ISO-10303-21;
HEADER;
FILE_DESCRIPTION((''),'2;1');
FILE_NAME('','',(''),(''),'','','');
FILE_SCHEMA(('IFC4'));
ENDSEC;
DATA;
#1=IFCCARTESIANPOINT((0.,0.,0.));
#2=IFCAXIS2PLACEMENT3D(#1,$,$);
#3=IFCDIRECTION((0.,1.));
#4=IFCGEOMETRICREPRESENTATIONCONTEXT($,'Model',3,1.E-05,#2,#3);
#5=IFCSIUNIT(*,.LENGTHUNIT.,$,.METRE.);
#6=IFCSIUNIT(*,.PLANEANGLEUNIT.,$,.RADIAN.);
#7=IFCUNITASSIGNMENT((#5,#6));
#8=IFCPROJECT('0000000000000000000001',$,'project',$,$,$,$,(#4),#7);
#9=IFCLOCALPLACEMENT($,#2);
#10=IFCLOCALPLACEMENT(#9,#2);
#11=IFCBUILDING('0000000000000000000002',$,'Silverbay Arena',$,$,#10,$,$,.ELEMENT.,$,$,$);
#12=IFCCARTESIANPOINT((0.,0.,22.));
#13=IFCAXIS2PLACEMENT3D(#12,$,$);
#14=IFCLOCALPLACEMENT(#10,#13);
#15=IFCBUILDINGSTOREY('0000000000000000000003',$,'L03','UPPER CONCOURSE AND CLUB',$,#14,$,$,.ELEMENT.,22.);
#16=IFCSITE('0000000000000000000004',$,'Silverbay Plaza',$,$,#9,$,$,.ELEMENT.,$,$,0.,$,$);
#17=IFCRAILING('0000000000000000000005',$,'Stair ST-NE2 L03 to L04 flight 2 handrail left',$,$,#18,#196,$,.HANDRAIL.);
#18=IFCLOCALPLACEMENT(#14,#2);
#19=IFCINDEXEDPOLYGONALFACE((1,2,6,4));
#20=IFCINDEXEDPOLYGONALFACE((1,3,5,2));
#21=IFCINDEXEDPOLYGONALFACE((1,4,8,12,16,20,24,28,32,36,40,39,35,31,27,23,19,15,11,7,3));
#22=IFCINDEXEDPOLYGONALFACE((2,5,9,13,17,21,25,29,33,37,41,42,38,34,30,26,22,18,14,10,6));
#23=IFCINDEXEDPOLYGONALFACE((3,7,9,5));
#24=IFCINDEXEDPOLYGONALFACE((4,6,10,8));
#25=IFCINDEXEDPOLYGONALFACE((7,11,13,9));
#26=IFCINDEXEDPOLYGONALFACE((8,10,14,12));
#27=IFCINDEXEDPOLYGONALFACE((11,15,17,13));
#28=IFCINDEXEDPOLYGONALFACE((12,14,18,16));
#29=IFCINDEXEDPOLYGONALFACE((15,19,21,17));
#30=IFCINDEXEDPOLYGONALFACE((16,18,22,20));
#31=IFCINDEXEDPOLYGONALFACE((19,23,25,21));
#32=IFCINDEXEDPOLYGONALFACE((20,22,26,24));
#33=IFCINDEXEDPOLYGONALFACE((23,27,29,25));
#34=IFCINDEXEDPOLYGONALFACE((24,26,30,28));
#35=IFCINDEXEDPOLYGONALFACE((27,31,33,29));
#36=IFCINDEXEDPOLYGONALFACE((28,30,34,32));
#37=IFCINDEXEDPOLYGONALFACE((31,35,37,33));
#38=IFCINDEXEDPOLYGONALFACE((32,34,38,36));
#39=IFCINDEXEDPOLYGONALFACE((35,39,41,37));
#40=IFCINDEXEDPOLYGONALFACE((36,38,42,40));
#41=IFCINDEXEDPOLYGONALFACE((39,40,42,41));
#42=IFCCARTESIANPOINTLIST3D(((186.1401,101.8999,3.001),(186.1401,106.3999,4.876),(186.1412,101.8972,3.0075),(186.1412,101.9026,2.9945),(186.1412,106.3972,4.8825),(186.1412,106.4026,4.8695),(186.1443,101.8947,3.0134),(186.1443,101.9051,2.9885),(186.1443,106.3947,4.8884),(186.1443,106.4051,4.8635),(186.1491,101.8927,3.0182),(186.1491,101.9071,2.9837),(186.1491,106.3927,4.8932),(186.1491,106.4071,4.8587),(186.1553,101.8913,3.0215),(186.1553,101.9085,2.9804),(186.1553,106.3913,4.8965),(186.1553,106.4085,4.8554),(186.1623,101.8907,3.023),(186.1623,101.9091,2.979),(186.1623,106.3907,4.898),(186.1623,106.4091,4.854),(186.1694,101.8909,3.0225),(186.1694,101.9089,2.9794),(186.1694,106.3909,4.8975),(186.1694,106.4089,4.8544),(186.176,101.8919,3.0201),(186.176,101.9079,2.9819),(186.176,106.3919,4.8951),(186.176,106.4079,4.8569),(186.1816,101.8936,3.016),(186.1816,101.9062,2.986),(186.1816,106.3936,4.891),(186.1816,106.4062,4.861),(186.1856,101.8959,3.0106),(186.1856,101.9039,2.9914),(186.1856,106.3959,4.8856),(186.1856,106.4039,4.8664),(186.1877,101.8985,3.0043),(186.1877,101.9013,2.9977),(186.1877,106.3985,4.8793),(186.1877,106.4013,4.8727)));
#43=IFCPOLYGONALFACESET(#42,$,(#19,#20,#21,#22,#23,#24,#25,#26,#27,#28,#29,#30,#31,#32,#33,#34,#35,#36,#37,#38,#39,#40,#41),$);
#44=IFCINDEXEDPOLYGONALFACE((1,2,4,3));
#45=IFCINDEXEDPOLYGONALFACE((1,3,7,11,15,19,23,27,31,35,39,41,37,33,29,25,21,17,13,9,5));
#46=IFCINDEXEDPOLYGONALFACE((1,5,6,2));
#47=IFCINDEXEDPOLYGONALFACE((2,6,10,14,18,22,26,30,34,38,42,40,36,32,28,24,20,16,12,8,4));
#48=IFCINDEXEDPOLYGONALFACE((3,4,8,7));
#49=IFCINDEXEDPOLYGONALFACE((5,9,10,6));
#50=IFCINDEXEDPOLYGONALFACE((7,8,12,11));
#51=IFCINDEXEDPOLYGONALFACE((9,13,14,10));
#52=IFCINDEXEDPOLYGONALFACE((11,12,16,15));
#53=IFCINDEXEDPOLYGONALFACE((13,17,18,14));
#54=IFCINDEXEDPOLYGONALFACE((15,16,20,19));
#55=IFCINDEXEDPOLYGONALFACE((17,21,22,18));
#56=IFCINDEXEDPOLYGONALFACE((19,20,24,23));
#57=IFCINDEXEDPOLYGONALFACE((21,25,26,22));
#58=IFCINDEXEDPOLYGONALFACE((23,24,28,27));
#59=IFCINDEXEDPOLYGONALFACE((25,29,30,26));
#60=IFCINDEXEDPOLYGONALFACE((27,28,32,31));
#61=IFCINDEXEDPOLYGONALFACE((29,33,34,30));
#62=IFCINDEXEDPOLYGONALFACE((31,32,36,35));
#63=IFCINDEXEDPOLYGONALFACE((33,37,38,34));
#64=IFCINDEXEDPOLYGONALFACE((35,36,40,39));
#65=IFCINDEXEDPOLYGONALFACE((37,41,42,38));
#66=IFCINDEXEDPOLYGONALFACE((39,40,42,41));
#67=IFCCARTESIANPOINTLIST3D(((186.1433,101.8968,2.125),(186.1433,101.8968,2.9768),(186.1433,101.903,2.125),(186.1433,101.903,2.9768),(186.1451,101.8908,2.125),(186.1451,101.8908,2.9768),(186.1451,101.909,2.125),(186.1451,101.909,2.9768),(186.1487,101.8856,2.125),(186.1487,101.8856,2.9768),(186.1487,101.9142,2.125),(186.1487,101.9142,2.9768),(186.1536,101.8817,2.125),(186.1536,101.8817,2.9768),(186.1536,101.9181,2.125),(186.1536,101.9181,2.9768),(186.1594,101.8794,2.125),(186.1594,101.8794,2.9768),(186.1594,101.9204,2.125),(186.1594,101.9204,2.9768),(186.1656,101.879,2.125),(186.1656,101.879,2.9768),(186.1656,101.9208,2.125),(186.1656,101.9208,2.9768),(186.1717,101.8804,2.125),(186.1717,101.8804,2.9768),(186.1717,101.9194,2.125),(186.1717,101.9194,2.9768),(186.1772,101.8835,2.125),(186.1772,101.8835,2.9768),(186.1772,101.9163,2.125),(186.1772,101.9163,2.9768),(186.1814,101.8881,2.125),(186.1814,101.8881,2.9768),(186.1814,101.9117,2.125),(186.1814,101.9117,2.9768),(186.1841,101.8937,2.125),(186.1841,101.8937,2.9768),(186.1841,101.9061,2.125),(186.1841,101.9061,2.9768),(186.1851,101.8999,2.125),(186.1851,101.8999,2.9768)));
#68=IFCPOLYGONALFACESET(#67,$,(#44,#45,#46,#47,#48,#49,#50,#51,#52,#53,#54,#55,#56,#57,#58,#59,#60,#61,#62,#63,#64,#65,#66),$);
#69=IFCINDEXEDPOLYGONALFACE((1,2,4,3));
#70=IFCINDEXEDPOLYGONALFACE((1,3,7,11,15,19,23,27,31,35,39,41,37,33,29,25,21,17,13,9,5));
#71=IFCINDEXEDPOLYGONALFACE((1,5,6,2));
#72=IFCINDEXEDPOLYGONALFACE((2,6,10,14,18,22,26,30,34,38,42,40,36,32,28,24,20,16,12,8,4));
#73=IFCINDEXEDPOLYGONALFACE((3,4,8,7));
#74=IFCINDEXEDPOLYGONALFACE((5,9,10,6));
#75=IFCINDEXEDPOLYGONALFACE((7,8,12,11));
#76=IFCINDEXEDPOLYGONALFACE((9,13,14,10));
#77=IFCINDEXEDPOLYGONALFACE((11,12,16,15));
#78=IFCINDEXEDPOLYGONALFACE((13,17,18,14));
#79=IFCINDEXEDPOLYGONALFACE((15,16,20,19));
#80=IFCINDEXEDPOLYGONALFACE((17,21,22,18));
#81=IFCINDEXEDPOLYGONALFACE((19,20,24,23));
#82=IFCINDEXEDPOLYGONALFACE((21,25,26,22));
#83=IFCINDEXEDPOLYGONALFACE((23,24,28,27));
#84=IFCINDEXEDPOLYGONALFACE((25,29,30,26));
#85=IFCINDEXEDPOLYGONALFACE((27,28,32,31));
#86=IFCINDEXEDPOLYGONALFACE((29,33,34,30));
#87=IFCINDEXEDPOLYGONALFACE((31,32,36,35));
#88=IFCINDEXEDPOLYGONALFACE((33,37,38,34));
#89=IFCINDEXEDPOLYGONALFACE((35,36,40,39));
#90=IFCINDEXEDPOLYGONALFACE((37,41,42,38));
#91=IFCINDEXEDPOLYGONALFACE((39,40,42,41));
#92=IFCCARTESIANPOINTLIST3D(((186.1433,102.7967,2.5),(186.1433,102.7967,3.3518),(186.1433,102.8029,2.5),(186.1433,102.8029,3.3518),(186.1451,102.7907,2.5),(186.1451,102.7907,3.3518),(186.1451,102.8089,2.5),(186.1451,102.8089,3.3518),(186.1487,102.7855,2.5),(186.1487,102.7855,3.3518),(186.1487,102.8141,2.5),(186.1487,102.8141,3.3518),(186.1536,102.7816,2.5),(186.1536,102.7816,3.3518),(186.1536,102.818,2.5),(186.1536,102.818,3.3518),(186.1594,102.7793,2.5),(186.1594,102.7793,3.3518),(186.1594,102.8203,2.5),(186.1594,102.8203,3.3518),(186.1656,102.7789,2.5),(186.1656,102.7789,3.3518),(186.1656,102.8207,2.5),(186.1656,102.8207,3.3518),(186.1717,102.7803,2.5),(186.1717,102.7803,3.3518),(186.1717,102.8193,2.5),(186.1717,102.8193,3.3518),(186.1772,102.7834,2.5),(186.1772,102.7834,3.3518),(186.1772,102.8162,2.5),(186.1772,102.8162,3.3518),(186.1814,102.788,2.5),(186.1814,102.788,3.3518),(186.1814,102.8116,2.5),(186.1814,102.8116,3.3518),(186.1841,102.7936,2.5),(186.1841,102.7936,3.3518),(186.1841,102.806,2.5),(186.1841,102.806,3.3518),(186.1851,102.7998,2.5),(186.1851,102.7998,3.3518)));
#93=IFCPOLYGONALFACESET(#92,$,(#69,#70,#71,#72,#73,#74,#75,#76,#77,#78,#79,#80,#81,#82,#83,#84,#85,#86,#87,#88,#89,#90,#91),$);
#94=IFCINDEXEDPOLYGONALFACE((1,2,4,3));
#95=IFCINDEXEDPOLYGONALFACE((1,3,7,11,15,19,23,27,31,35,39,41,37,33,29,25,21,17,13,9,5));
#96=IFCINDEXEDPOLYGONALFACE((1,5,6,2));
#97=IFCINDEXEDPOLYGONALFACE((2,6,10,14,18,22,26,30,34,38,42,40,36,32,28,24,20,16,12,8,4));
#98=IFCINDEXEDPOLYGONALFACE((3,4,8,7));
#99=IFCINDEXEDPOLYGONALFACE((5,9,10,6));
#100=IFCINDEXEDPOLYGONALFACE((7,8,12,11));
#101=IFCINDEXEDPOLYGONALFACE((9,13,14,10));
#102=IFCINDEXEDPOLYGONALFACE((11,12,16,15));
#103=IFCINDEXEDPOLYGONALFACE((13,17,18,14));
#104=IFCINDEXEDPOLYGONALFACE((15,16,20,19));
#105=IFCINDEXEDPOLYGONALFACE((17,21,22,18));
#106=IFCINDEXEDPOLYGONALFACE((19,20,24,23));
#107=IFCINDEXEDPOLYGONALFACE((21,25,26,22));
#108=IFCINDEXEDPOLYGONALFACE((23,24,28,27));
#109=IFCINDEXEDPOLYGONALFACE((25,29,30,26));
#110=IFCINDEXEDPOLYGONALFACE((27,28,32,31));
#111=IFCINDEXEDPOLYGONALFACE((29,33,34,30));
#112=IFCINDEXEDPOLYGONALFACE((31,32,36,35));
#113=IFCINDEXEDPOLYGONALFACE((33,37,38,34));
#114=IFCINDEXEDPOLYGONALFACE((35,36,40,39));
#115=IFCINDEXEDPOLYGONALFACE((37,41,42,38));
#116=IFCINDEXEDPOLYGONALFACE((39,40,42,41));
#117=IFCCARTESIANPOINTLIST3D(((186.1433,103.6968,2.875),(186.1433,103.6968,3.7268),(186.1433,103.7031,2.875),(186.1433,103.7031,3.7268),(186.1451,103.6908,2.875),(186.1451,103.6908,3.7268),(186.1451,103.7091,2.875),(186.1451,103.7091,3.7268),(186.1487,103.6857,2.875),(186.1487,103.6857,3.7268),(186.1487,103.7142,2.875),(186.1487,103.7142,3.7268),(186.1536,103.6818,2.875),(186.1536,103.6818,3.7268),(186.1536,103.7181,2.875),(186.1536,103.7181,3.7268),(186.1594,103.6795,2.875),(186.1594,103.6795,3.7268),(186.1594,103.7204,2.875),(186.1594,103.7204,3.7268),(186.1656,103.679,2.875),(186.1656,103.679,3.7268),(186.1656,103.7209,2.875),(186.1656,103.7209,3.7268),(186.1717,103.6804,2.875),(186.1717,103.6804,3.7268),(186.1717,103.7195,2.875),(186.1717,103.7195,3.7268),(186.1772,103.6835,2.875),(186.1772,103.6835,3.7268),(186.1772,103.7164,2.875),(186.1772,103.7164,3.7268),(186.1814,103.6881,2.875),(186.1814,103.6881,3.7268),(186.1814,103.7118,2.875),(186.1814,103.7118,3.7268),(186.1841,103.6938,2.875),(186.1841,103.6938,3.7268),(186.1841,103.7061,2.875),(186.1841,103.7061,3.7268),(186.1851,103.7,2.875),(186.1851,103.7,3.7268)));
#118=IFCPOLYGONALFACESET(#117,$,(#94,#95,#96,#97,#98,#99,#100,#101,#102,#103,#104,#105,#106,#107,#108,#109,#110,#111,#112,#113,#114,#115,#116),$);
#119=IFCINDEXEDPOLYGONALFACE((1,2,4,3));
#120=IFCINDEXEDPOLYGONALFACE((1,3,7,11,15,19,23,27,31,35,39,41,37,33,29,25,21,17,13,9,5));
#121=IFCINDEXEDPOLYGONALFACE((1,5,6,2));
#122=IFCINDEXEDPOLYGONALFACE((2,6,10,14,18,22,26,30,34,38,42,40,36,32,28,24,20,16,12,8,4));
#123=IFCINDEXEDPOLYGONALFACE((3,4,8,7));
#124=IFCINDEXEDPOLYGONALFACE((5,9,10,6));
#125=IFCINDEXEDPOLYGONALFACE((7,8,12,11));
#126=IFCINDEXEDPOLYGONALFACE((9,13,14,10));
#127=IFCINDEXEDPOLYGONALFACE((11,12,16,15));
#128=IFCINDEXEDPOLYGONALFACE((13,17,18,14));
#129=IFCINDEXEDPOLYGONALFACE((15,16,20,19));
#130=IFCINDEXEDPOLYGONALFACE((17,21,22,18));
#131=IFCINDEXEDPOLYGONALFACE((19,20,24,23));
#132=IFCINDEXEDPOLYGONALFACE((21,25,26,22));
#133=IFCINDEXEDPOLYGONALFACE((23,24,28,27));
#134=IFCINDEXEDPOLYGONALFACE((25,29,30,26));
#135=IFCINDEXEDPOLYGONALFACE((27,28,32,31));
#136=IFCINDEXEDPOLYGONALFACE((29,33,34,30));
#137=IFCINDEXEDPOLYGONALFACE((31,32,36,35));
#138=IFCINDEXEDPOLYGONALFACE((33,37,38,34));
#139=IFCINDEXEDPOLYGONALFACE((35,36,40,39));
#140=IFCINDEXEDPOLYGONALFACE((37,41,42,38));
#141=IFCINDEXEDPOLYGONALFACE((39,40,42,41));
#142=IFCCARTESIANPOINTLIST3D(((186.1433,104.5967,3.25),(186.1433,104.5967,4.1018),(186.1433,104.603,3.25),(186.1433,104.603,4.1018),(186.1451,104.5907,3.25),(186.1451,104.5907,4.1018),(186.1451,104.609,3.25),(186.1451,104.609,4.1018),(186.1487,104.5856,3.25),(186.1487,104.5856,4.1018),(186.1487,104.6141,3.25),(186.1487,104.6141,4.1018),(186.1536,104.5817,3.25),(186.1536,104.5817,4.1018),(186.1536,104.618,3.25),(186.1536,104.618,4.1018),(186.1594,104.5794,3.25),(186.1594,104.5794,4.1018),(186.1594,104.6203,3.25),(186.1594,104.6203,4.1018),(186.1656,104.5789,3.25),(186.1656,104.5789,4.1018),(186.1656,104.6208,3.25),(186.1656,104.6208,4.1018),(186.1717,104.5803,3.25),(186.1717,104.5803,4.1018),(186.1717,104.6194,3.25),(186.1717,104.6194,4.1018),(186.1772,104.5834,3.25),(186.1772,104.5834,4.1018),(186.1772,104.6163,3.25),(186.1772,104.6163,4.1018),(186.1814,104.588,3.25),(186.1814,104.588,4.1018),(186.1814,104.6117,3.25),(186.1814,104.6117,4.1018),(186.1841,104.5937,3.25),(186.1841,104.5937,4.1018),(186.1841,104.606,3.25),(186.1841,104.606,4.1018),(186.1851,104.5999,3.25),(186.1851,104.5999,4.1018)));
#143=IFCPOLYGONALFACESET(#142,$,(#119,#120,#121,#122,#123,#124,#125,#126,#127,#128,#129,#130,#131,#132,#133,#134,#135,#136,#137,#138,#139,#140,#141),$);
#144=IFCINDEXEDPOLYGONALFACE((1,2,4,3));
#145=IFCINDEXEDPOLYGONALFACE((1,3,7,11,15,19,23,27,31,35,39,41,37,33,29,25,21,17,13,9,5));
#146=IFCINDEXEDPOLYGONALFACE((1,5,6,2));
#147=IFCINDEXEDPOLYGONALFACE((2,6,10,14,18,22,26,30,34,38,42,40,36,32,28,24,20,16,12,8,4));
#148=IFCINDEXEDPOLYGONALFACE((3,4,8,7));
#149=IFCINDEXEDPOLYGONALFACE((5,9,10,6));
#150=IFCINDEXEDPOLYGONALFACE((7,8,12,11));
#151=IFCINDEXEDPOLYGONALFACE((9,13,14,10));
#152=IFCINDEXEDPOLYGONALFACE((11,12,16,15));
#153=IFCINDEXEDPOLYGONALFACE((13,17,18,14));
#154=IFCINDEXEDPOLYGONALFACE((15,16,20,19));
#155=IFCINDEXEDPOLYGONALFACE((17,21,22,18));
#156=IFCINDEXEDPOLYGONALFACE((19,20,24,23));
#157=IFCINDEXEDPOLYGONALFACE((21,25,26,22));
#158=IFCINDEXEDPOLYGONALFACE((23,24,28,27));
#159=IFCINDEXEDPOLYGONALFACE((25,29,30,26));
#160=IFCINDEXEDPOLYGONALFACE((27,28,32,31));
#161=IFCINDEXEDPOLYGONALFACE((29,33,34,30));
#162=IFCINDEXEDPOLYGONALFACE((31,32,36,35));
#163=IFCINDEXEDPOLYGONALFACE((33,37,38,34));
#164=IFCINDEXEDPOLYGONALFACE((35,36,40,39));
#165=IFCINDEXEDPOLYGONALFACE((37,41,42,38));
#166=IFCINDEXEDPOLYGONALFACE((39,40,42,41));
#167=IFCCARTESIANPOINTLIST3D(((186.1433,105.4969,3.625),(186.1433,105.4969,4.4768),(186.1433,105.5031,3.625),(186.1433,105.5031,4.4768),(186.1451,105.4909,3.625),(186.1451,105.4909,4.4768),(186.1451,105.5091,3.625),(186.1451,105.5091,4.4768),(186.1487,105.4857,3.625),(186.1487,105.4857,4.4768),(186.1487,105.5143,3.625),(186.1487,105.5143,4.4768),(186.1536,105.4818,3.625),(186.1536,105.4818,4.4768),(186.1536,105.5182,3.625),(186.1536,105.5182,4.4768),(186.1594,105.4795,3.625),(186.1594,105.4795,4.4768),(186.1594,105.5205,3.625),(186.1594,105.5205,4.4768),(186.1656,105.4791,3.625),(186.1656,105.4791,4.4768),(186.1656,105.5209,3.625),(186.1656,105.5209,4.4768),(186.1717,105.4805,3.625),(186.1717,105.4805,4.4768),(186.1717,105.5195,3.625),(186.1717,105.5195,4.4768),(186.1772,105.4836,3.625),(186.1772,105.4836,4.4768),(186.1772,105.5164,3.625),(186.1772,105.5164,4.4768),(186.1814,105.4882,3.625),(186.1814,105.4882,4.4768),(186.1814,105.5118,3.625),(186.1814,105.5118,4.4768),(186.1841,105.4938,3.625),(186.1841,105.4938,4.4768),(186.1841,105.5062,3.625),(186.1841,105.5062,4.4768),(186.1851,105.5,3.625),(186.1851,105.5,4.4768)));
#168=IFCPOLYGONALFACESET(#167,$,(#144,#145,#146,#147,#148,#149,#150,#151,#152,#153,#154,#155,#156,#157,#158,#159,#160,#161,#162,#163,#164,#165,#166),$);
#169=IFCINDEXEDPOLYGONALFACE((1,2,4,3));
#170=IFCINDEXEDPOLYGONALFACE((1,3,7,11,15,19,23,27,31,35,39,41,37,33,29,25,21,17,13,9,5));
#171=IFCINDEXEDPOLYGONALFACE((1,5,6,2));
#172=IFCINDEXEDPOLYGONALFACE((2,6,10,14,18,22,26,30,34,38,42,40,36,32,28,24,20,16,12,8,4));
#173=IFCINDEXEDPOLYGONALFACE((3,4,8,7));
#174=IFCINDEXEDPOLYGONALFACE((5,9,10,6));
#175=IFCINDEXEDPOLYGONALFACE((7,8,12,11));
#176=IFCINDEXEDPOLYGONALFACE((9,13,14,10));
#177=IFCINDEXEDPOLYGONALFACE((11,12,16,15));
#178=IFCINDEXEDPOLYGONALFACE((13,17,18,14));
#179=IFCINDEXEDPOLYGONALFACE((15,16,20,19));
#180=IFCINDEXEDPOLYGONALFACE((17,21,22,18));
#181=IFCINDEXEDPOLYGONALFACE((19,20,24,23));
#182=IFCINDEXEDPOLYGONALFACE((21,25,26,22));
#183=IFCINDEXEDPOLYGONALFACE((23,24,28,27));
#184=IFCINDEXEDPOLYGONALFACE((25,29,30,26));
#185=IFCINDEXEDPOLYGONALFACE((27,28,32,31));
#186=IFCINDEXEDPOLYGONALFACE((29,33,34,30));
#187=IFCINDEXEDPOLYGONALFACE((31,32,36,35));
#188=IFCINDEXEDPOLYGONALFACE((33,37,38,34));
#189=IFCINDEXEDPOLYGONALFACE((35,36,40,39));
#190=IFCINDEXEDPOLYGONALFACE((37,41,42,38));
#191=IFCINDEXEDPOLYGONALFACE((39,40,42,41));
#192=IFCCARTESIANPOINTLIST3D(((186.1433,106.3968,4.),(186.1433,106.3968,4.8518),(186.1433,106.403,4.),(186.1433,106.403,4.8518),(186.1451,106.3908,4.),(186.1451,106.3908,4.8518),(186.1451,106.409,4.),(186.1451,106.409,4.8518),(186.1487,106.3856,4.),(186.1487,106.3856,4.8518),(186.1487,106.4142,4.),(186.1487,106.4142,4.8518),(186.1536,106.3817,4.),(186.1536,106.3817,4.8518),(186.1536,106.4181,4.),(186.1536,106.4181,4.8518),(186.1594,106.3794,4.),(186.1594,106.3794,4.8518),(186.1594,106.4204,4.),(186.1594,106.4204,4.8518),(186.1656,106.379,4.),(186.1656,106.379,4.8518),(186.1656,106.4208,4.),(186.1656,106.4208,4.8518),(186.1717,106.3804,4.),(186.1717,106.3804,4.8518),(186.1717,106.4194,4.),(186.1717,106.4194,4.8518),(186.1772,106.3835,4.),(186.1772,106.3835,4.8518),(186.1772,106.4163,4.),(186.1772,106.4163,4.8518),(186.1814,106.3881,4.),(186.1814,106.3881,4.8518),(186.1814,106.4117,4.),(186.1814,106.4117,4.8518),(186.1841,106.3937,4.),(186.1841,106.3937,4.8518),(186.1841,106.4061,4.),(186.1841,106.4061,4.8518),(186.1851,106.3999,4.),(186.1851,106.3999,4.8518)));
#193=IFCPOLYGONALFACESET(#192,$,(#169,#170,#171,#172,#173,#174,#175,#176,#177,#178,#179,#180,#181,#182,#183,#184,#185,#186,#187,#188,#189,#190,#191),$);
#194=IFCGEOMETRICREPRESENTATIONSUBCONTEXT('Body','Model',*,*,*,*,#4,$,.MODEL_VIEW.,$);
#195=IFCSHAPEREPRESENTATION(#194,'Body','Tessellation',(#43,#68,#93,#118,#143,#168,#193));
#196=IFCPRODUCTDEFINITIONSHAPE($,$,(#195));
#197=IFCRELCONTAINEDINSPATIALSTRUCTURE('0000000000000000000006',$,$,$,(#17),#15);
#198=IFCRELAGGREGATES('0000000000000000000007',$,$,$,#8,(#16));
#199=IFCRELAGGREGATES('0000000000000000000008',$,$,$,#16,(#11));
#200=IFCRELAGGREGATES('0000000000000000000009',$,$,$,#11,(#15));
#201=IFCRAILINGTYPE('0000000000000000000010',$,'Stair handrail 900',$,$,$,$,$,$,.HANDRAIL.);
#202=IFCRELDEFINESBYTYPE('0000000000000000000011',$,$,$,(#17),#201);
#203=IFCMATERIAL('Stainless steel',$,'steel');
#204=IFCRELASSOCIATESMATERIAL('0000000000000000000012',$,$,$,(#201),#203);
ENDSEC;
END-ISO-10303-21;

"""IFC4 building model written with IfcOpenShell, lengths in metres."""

from ifc_helpers import new_model, si_unit, direction, frame, origin, origin_2d, place, context, subcontext, project, spatial, circle, extrude, material, type_object, element, save


model = new_model("IFC4")

# Units and contexts
model_context = context("Model", 3, precision=1e-05, world=origin(), true_north=direction((0.0, 1.0)))
body_context = subcontext(model_context, "Body", "Model", "MODEL_VIEW")
ifc_project = project(units=[si_unit("LENGTHUNIT", "METRE"), si_unit("PLANEANGLEUNIT", "RADIAN")], contexts=[model_context])

# Site, building, storey
site_placement = place(None, origin())
site = spatial("IfcSite", under=ifc_project, at=site_placement, Name="Silverbay Plaza", CompositionType="ELEMENT", RefElevation=0.0)
building_placement = place(site_placement, origin())
building = spatial("IfcBuilding", under=site, at=building_placement, Name="Silverbay Arena", CompositionType="ELEMENT")
storey_placement = place(building_placement, frame((0.0, 0.0, 22.0)))
storey = spatial("IfcBuildingStorey", under=building, at=storey_placement, Name="L03", Description="UPPER CONCOURSE AND CLUB", CompositionType="ELEMENT", Elevation=22.0)

# Railing
ifc_material_1 = material(Name="Stainless steel", Category="steel")
railing_type_1 = type_object("IfcRailingType", Name="Stair handrail 900", PredefinedType="HANDRAIL", material=ifc_material_1)
for number, where, name in (
    (1, (186.1641, 101.8999, 2.125), "Stair ST-NE2 L03 to L04 flight 2 handrail left"),
):
    element("IfcRailing", number, at=place(storey_placement, frame(where)), inside=storey, type_object=railing_type_1, Name=name, PredefinedType="HANDRAIL", context=body_context, shape_type="SweptSolid", body=[
        extrude(circle(Radius=0.0239, at=origin_2d()), frame((0.0, 0.0, 0.876), z_axis=(0.0, 0.923077, 0.384615), x_axis=(-1.0, 0.0, 0.0)), (0.0, 0.0, 1.0), 4.875),
        extrude(circle(Radius=0.021, at=origin_2d()), origin(), (0.0, 0.0, 1.0), 0.8518),
        extrude(circle(Radius=0.021, at=origin_2d()), frame((0.0, 0.8999, 0.375)), (0.0, 0.0, 1.0), 0.8518),
        extrude(circle(Radius=0.021, at=origin_2d()), frame((0.0, 1.8, 0.75)), (0.0, 0.0, 1.0), 0.8518),
        extrude(circle(Radius=0.021, at=origin_2d()), frame((0.0, 2.7, 1.125)), (0.0, 0.0, 1.0), 0.8518),
        extrude(circle(Radius=0.021, at=origin_2d()), frame((0.0, 3.6001, 1.5)), (0.0, 0.0, 1.0), 0.8518),
        extrude(circle(Radius=0.021, at=origin_2d()), frame((0.0, 4.5, 1.875)), (0.0, 0.0, 1.0), 0.8518),
    ])

save(model, "model.ifc")
